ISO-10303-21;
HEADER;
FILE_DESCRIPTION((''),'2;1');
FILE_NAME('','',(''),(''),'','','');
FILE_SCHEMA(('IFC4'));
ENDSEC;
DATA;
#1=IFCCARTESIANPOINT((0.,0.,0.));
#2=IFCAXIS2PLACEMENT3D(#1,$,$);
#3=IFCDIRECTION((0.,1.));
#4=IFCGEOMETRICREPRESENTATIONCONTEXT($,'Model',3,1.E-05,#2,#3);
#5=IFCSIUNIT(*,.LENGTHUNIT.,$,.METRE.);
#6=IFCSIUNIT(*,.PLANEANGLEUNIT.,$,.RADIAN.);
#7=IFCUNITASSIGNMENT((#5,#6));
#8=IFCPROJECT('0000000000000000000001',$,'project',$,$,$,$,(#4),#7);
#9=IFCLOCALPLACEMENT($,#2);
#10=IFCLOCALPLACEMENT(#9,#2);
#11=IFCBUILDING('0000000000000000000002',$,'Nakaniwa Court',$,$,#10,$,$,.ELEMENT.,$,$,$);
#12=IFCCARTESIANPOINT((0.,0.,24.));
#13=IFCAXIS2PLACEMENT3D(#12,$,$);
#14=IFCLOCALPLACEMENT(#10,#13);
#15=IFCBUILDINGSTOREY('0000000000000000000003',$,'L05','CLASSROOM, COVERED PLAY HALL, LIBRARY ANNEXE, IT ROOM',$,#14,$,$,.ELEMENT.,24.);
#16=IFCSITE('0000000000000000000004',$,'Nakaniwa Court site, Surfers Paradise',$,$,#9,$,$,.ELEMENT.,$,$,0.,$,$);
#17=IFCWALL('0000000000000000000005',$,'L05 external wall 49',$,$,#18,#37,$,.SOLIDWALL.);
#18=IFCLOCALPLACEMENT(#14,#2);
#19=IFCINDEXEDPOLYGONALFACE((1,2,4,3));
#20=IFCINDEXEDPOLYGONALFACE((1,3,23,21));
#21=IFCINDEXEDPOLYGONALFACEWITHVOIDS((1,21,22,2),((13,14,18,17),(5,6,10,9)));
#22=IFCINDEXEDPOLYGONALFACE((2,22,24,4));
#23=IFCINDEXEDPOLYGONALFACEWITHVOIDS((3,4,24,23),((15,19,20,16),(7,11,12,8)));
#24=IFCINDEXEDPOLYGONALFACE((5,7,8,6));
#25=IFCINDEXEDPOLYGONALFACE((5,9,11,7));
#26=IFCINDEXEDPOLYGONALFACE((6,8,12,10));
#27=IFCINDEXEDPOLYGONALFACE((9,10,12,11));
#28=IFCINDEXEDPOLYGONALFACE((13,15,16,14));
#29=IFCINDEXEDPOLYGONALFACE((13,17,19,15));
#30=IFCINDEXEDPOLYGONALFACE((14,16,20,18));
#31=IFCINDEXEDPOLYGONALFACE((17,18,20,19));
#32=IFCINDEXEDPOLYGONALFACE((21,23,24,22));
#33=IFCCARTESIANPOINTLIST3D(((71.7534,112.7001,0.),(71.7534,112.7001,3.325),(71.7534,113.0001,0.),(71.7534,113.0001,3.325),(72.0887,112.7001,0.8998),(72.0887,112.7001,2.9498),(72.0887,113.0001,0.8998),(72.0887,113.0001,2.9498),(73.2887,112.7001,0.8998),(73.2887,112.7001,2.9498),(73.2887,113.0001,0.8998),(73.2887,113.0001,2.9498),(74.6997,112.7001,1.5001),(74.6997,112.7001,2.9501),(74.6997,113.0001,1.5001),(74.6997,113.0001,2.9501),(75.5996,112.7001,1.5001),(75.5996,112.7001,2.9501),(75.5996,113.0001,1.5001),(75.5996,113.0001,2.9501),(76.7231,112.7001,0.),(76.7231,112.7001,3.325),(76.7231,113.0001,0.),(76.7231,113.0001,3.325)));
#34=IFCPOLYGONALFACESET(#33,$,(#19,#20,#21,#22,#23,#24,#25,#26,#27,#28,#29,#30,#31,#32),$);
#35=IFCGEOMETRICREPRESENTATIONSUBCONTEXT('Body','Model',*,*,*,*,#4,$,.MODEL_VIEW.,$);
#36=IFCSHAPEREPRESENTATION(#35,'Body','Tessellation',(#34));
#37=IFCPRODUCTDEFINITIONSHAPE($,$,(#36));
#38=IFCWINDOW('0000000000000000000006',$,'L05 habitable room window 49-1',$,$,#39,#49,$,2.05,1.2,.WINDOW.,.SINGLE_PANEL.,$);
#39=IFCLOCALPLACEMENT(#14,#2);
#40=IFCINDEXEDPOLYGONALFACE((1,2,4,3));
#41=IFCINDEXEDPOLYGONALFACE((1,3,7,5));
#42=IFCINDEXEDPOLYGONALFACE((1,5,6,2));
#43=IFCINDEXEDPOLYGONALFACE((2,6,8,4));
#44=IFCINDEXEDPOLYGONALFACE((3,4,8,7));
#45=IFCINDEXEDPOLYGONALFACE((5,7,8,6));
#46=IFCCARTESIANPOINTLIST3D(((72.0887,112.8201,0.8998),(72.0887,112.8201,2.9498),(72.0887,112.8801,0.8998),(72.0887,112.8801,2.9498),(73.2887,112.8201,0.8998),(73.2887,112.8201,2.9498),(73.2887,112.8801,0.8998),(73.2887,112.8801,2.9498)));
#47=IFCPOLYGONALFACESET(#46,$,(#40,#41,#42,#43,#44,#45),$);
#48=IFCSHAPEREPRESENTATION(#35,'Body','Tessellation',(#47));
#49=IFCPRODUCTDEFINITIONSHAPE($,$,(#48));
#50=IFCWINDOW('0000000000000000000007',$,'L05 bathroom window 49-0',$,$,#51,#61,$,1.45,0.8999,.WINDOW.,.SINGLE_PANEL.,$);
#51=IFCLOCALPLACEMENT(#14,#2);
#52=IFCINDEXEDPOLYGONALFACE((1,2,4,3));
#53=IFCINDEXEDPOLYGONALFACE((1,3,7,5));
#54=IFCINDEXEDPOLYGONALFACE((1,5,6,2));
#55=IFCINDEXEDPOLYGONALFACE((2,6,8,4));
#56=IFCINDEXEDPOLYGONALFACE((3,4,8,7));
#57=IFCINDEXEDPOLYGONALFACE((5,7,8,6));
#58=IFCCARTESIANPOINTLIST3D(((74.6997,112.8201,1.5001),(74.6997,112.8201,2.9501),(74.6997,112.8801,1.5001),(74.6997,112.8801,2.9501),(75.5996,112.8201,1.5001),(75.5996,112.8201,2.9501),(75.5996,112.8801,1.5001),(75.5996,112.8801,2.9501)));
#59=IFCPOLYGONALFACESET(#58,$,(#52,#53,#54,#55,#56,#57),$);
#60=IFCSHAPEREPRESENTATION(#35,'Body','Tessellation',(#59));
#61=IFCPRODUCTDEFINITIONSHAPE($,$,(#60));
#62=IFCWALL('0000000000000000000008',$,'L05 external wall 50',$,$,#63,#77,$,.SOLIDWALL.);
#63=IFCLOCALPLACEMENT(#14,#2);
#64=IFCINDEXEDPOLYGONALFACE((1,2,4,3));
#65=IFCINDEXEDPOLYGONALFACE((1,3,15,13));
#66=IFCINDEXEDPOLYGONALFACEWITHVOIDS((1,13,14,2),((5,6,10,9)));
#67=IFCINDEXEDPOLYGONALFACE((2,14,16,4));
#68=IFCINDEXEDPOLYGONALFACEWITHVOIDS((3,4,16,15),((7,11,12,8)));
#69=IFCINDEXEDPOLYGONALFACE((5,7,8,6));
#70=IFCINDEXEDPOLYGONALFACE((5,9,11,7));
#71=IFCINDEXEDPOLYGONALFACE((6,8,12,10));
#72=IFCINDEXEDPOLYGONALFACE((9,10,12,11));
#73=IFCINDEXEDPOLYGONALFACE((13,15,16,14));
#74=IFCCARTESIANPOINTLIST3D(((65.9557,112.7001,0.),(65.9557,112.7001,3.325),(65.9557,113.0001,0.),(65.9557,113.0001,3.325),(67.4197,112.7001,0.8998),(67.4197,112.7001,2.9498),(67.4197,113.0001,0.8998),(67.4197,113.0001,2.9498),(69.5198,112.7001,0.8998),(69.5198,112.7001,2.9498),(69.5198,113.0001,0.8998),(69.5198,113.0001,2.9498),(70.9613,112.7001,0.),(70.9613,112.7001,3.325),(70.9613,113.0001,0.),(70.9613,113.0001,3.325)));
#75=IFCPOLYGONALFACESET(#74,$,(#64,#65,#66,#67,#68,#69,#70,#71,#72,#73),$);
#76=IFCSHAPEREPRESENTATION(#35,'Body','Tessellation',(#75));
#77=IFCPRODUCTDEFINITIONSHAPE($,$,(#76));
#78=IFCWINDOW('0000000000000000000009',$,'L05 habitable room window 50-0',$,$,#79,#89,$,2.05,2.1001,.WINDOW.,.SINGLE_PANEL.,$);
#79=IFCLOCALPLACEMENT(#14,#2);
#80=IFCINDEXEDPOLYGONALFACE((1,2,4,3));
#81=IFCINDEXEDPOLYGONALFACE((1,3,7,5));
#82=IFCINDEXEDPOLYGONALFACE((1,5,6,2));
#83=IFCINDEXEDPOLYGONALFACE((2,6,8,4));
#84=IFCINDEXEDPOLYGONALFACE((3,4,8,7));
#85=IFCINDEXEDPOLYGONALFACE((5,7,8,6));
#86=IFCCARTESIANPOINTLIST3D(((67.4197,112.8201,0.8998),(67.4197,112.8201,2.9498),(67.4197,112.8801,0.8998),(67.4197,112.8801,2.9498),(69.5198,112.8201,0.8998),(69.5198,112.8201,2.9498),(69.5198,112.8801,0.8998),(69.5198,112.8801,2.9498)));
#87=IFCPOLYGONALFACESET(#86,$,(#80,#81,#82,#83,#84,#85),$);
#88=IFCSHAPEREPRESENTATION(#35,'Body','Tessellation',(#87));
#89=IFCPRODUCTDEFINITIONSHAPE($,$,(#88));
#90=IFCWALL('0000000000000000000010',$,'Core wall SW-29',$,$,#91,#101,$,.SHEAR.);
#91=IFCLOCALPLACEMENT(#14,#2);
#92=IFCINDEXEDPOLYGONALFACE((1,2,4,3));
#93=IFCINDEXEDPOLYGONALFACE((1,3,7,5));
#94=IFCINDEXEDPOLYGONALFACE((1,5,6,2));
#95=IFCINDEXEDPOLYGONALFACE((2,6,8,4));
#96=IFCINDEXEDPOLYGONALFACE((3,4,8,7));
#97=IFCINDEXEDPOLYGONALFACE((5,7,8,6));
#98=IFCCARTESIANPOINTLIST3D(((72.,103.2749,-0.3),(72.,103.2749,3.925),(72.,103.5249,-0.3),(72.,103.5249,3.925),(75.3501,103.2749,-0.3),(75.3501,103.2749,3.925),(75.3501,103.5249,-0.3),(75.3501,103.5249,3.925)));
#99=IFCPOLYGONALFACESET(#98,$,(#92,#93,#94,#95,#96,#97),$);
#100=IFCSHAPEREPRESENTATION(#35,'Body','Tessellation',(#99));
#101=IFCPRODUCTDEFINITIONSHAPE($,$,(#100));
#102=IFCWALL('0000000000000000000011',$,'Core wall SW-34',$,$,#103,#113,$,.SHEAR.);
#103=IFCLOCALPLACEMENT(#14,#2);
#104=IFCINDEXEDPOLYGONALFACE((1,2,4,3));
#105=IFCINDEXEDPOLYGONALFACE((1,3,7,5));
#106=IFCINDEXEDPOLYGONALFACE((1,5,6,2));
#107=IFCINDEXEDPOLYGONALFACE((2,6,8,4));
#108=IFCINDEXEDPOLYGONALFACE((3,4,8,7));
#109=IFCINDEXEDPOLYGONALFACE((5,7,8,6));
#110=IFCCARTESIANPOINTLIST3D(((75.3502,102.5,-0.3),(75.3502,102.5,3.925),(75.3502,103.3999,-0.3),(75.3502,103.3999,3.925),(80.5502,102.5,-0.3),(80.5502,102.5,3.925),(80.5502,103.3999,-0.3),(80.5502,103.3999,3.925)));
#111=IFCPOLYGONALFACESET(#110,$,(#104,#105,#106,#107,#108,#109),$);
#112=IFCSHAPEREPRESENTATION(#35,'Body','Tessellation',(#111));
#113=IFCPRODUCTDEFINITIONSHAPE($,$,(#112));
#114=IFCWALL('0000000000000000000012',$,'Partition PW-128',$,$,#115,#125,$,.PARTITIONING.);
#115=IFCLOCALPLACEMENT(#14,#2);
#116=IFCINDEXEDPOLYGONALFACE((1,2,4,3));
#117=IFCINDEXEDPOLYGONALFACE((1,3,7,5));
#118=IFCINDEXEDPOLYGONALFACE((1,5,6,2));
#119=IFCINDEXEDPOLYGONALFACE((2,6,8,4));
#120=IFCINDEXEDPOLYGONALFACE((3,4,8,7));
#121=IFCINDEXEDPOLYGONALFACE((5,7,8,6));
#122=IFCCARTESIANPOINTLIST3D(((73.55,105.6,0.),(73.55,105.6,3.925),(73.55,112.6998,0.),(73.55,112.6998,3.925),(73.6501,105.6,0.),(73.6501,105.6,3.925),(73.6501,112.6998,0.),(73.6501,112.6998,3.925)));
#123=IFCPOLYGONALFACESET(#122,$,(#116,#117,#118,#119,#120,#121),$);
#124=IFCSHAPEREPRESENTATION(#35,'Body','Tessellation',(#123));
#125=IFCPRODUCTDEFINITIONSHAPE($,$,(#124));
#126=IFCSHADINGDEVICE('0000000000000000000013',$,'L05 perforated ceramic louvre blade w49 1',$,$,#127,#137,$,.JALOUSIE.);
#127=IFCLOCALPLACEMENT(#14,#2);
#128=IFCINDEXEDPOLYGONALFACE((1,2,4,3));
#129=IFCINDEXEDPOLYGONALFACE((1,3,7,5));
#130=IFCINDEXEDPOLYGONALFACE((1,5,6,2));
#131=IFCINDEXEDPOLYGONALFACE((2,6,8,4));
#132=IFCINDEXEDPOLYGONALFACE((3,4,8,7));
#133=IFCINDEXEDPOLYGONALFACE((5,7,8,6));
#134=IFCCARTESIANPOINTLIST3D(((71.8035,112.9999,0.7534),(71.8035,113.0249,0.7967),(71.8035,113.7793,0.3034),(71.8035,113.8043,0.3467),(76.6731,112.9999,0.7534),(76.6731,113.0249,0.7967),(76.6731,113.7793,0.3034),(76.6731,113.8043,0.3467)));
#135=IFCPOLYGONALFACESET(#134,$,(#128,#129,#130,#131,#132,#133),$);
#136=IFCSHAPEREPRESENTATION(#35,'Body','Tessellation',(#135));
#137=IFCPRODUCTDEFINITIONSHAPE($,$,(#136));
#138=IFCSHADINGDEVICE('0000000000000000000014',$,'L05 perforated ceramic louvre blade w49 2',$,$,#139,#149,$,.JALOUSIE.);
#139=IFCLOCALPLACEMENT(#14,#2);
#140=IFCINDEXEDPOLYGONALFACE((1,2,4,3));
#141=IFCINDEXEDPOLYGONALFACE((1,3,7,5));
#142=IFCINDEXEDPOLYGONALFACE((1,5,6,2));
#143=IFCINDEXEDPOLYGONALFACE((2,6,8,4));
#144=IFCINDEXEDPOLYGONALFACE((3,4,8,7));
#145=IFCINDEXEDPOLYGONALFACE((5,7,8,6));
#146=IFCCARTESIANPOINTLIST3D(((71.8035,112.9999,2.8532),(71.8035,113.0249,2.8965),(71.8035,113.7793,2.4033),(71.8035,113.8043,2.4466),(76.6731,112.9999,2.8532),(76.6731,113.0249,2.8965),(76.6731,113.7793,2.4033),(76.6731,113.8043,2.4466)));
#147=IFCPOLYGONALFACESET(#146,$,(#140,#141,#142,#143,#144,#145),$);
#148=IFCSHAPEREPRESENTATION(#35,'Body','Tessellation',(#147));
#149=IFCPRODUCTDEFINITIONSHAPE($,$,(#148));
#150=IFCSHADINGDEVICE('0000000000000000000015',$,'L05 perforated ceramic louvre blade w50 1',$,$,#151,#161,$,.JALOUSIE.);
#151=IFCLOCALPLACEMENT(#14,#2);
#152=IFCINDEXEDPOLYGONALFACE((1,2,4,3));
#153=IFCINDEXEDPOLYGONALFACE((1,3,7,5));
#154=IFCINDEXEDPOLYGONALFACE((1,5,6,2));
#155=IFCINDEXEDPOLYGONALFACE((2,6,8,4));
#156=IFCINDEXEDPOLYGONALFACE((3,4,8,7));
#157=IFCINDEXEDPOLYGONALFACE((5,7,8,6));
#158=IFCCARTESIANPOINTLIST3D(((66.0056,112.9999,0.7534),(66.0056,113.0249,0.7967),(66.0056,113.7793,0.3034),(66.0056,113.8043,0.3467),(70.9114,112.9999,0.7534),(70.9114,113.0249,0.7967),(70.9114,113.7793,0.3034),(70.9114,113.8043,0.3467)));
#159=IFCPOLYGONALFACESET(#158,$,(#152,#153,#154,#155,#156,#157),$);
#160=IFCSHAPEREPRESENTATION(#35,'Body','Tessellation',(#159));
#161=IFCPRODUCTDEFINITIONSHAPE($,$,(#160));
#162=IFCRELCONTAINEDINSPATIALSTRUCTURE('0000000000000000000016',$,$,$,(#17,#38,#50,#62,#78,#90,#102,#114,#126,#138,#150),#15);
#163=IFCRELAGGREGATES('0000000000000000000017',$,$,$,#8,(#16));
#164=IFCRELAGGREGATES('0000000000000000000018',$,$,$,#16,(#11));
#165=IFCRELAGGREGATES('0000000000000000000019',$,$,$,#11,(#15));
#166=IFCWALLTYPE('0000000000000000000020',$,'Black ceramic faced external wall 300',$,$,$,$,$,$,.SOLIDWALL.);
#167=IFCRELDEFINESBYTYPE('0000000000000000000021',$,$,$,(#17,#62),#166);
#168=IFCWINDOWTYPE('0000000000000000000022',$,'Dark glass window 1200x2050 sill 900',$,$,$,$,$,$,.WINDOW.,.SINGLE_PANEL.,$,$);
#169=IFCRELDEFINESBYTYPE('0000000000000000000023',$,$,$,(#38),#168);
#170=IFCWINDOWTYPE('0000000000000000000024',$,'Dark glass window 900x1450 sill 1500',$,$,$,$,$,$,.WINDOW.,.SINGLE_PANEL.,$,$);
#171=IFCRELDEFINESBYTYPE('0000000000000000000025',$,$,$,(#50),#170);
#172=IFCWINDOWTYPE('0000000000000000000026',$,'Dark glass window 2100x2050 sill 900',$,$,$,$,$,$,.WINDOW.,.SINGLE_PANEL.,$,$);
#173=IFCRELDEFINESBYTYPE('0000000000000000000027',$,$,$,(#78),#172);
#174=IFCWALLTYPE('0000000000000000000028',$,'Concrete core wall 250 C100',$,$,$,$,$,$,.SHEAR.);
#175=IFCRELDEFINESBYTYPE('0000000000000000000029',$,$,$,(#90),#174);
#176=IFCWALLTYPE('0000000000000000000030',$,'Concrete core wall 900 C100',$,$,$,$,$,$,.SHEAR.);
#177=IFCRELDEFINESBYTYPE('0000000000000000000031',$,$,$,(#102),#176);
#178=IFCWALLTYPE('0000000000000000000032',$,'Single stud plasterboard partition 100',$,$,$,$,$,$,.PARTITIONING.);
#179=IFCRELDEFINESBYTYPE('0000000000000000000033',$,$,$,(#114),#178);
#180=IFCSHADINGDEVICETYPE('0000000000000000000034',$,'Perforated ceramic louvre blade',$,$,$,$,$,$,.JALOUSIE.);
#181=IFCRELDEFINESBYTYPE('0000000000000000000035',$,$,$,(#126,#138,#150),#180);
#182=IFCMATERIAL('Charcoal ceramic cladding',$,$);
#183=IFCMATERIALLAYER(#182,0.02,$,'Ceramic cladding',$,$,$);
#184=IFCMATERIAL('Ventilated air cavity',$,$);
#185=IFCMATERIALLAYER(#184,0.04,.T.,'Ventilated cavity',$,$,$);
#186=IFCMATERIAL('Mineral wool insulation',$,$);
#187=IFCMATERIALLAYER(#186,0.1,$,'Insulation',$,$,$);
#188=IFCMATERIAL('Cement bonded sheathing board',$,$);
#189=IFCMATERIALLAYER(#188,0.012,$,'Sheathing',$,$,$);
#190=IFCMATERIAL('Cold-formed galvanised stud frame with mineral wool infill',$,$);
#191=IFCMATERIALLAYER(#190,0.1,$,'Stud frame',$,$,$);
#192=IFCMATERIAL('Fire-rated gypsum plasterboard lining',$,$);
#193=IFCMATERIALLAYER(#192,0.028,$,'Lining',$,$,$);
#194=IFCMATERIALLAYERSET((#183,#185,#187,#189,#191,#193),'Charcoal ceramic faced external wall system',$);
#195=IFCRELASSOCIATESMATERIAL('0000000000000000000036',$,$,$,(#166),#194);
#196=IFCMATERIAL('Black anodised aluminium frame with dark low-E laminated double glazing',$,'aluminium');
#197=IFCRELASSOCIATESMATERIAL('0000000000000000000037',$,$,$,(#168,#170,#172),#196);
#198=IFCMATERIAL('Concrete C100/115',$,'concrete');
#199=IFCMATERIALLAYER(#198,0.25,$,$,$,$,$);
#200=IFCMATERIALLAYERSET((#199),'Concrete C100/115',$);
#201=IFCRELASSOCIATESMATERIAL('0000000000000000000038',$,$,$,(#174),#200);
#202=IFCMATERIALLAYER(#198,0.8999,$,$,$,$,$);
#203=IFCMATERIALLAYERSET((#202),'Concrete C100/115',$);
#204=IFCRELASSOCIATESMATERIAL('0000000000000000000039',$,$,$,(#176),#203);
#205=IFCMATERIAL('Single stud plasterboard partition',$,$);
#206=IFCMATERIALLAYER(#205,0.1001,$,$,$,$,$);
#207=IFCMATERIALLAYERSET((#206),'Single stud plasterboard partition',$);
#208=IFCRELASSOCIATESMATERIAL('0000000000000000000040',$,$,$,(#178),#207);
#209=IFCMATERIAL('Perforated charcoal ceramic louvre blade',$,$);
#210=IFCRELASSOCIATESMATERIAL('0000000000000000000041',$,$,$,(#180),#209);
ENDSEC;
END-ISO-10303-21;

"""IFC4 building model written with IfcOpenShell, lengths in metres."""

from ifc_helpers import new_model, si_unit, direction, frame, frame_2d, origin, origin_2d, place, context, subcontext, project, spatial, rectangle, extrude, material, layer, layer_set, material_profile, profile_set, type_object, element, fill, save


model = new_model("IFC4")

# Units and contexts
model_context = context("Model", 3, precision=1e-05, world=origin(), true_north=direction((0.0, 1.0)))
body_context = subcontext(model_context, "Body", "Model", "MODEL_VIEW")
ifc_project = project(units=[si_unit("LENGTHUNIT", "METRE"), si_unit("PLANEANGLEUNIT", "RADIAN")], contexts=[model_context])

# Site, building, storey
site_placement = place(None, origin())
site = spatial("IfcSite", under=ifc_project, at=site_placement, Name="Nakaniwa Court site, Surfers Paradise", CompositionType="ELEMENT", RefElevation=0.0)
building_placement = place(site_placement, origin())
building = spatial("IfcBuilding", under=site, at=building_placement, Name="Nakaniwa Court", CompositionType="ELEMENT")
storey_placement = place(building_placement, frame((0.0, 0.0, 24.0)))
storey = spatial("IfcBuildingStorey", under=building, at=storey_placement, Name="L05", Description="CLASSROOM, COVERED PLAY HALL, LIBRARY ANNEXE, IT ROOM", CompositionType="ELEMENT", Elevation=24.0)

# Shared definitions
ifc_material_1 = material(Name="Concrete C100/115", Category="concrete")

# Wall, openings, windows
ifc_material_2 = material(Name="Charcoal ceramic cladding")
ifc_layer_1 = layer(ifc_material_2, 0.02, Name="Ceramic cladding")
ifc_material_3 = material(Name="Ventilated air cavity")
ifc_layer_2 = layer(ifc_material_3, 0.04, ventilated=True, Name="Ventilated cavity")
ifc_material_4 = material(Name="Mineral wool insulation")
ifc_layer_3 = layer(ifc_material_4, 0.1, Name="Insulation")
ifc_material_5 = material(Name="Cement bonded sheathing board")
ifc_layer_4 = layer(ifc_material_5, 0.012, Name="Sheathing")
ifc_material_6 = material(Name="Cold-formed galvanised stud frame with mineral wool infill")
ifc_layer_5 = layer(ifc_material_6, 0.1, Name="Stud frame")
ifc_material_7 = material(Name="Fire-rated gypsum plasterboard lining")
ifc_layer_6 = layer(ifc_material_7, 0.028, Name="Lining")
ifc_layer_set_1 = layer_set([ifc_layer_1, ifc_layer_2, ifc_layer_3, ifc_layer_4, ifc_layer_5, ifc_layer_6], Name="Charcoal ceramic faced external wall system")
wall_type_1 = type_object("IfcWallType", Name="Black ceramic faced external wall 300", PredefinedType="SOLIDWALL", material=ifc_layer_set_1)
wall_1_placement = place(storey_placement, frame((76.7231, 112.8501, 0.0), z_axis=(0.0, 0.0, 1.0), x_axis=(-1.0, 0.0, 0.0)))
wall_1 = element("IfcWall", 1, at=wall_1_placement, inside=storey, type_object=wall_type_1, Name="L05 external wall 49", PredefinedType="SOLIDWALL", context=body_context, shape_type="SweptSolid", body=[
    extrude(rectangle(XDim=4.9697, YDim=0.3, at=frame_2d((2.4849, 0.0))), origin(), (0.0, 0.0, 1.0), 3.325),
])
opening_1_placement = place(wall_1_placement, frame((1.1235, 0.0, 1.5)))
opening_1 = element("IfcOpeningElement", 2, at=opening_1_placement, cuts=wall_1, PredefinedType="OPENING", context=body_context, shape_type="SweptSolid", body=[
    extrude(rectangle(XDim=0.8999, YDim=1.45, at=frame_2d((0.45, 0.7251))), frame((0.0, 0.1599, 0.0), z_axis=(0.0, -1.0, 0.0), x_axis=(1.0, 0.0, 0.0)), (0.0, 0.0, 1.0), 0.3201),
])
opening_2_placement = place(wall_1_placement, frame((3.4343, 0.0, 0.8999)))
opening_2 = element("IfcOpeningElement", 3, at=opening_2_placement, cuts=wall_1, PredefinedType="OPENING", context=body_context, shape_type="SweptSolid", body=[
    extrude(rectangle(XDim=1.2, YDim=2.05, at=frame_2d((0.6001, 1.0249))), frame((0.0, 0.1599, 0.0), z_axis=(0.0, -1.0, 0.0), x_axis=(1.0, 0.0, 0.0)), (0.0, 0.0, 1.0), 0.3201),
])
ifc_material_8 = material(Name="Black anodised aluminium frame with dark low-E laminated double glazing", Category="aluminium")
window_type_1 = type_object("IfcWindowType", Name="Dark glass window 1200x2050 sill 900", PartitioningType="SINGLE_PANEL", PredefinedType="WINDOW", material=ifc_material_8)
window_1_placement = place(opening_2_placement, origin())
window_1 = element("IfcWindow", 4, at=window_1_placement, inside=storey, type_object=window_type_1, Name="L05 habitable room window 49-1", OverallHeight=2.05, OverallWidth=1.2, PartitioningType="SINGLE_PANEL", PredefinedType="WINDOW", context=body_context, shape_type="SweptSolid", body=[
    extrude(rectangle(XDim=1.2, YDim=2.05, at=frame_2d((0.6001, 1.0249))), frame((0.0, 0.03, 0.0), z_axis=(0.0, -1.0, 0.0), x_axis=(1.0, 0.0, 0.0)), (0.0, 0.0, 1.0), 0.0601),
])
fill(opening_2, window_1)
window_type_2 = type_object("IfcWindowType", Name="Dark glass window 900x1450 sill 1500", PartitioningType="SINGLE_PANEL", PredefinedType="WINDOW", material=ifc_material_8)
window_2_placement = place(opening_1_placement, origin())
window_2 = element("IfcWindow", 5, at=window_2_placement, inside=storey, type_object=window_type_2, Name="L05 bathroom window 49-0", OverallHeight=1.45, OverallWidth=0.8999, PartitioningType="SINGLE_PANEL", PredefinedType="WINDOW", context=body_context, shape_type="SweptSolid", body=[
    extrude(rectangle(XDim=0.8999, YDim=1.45, at=frame_2d((0.45, 0.7251))), frame((0.0, 0.03, 0.0), z_axis=(0.0, -1.0, 0.0), x_axis=(1.0, 0.0, 0.0)), (0.0, 0.0, 1.0), 0.0601),
])
fill(opening_1, window_2)

# Wall, opening, window
wall_2_placement = place(storey_placement, frame((70.9614, 112.8501, 0.0), z_axis=(0.0, 0.0, 1.0), x_axis=(-1.0, 0.0, 0.0)))
wall_2 = element("IfcWall", 6, at=wall_2_placement, inside=storey, type_object=wall_type_1, Name="L05 external wall 50", PredefinedType="SOLIDWALL", context=body_context, shape_type="SweptSolid", body=[
    extrude(rectangle(XDim=5.0056, YDim=0.3, at=frame_2d((2.5029, 0.0))), origin(), (0.0, 0.0, 1.0), 3.325),
])
opening_3_placement = place(wall_2_placement, frame((1.4417, 0.0, 0.8999)))
opening_3 = element("IfcOpeningElement", 7, at=opening_3_placement, cuts=wall_2, PredefinedType="OPENING", context=body_context, shape_type="SweptSolid", body=[
    extrude(rectangle(XDim=2.1001, YDim=2.05, at=frame_2d((1.05, 1.0249))), frame((0.0, 0.1599, 0.0), z_axis=(0.0, -1.0, 0.0), x_axis=(1.0, 0.0, 0.0)), (0.0, 0.0, 1.0), 0.3201),
])
window_type_3 = type_object("IfcWindowType", Name="Dark glass window 2100x2050 sill 900", PartitioningType="SINGLE_PANEL", PredefinedType="WINDOW", material=ifc_material_8)
window_3_placement = place(opening_3_placement, origin())
window_3 = element("IfcWindow", 8, at=window_3_placement, inside=storey, type_object=window_type_3, Name="L05 habitable room window 50-0", OverallHeight=2.05, OverallWidth=2.1001, PartitioningType="SINGLE_PANEL", PredefinedType="WINDOW", context=body_context, shape_type="SweptSolid", body=[
    extrude(rectangle(XDim=2.1001, YDim=2.05, at=frame_2d((1.05, 1.0249))), frame((0.0, 0.03, 0.0), z_axis=(0.0, -1.0, 0.0), x_axis=(1.0, 0.0, 0.0)), (0.0, 0.0, 1.0), 0.0601),
])
fill(opening_3, window_3)

# Walls
ifc_layer_7 = layer(ifc_material_1, 0.25)
ifc_layer_set_2 = layer_set([ifc_layer_7], Name="Concrete C100/115")
wall_type_2 = type_object("IfcWallType", Name="Concrete core wall 250 C100", PredefinedType="SHEAR", material=ifc_layer_set_2)
wall_3_placement = place(storey_placement, frame((72.0, 103.3999, -0.3), z_axis=(0.0, 0.0, 1.0), x_axis=(1.0, 0.0, 0.0)))
element("IfcWall", 9, at=wall_3_placement, inside=storey, type_object=wall_type_2, Name="Core wall SW-29", PredefinedType="SHEAR", context=body_context, shape_type="SweptSolid", body=[
    extrude(rectangle(XDim=3.3501, YDim=0.25, at=frame_2d((1.675, 0.0))), origin(), (0.0, 0.0, 1.0), 4.2251),
])
ifc_layer_8 = layer(ifc_material_1, 0.8999)
ifc_layer_set_3 = layer_set([ifc_layer_8], Name="Concrete C100/115")
wall_type_3 = type_object("IfcWallType", Name="Concrete core wall 900 C100", PredefinedType="SHEAR", material=ifc_layer_set_3)
wall_4_placement = place(storey_placement, frame((75.3501, 102.95, -0.3), z_axis=(0.0, 0.0, 1.0), x_axis=(1.0, 0.0, 0.0)))
element("IfcWall", 10, at=wall_4_placement, inside=storey, type_object=wall_type_3, Name="Core wall SW-34", PredefinedType="SHEAR", context=body_context, shape_type="SweptSolid", body=[
    extrude(rectangle(XDim=5.2, YDim=0.8999, at=frame_2d((2.6001, 0.0))), origin(), (0.0, 0.0, 1.0), 4.2251),
])
ifc_material_9 = material(Name="Single stud plasterboard partition")
ifc_layer_9 = layer(ifc_material_9, 0.1001)
ifc_layer_set_4 = layer_set([ifc_layer_9], Name="Single stud plasterboard partition")
wall_type_4 = type_object("IfcWallType", Name="Single stud plasterboard partition 100", PredefinedType="PARTITIONING", material=ifc_layer_set_4)
wall_5_placement = place(storey_placement, frame((73.6001, 105.6001, 0.0), z_axis=(0.0, 0.0, 1.0), x_axis=(0.0, 1.0, 0.0)))
element("IfcWall", 11, at=wall_5_placement, inside=storey, type_object=wall_type_4, Name="Partition PW-128", PredefinedType="PARTITIONING", context=body_context, shape_type="SweptSolid", body=[
    extrude(rectangle(XDim=7.0999, YDim=0.1001, at=frame_2d((3.5498, 0.0))), origin(), (0.0, 0.0, 1.0), 3.925),
])

# Shading devices
ifc_material_10 = material(Name="Perforated charcoal ceramic louvre blade")
ifc_material_profile_1 = material_profile(ifc_material_10, rectangle(XDim=0.8999, YDim=0.05, at=origin_2d()), Name="Perforated ceramic louvre blade")
ifc_profile_set_1 = profile_set([ifc_material_profile_1], Name="Perforated charcoal ceramic louvre blade")
shading_device_type = type_object("IfcShadingDeviceType", Name="Perforated ceramic louvre blade", PredefinedType="JALOUSIE", material=ifc_profile_set_1)
for number, where, z_axis, x_axis, name in (
    (12, (76.6731, 113.4021, 0.55), (-1.0, 0.0, 0.0), (0.0, -0.866025, 0.5), "L05 perforated ceramic louvre blade w49 1"),
    (13, (76.6731, 113.4021, 2.6499), (-1.0, 0.0, 0.0), (0.0, -0.866025, 0.5), "L05 perforated ceramic louvre blade w49 2"),
):
    element("IfcShadingDevice", number, at=place(storey_placement, frame(where, z_axis=z_axis, x_axis=x_axis)), inside=storey, type_object=shading_device_type, Name=name, PredefinedType="JALOUSIE", context=body_context, shape_type="SweptSolid", body=[
        extrude(rectangle(XDim=0.8999, YDim=0.05, at=origin_2d()), origin(), (0.0, 0.0, 1.0), 4.8696),
    ])
for number, where, z_axis, x_axis, name in (
    (14, (70.9114, 113.4021, 0.55), (-1.0, 0.0, 0.0), (0.0, -0.866025, 0.5), "L05 perforated ceramic louvre blade w50 1"),
):
    element("IfcShadingDevice", number, at=place(storey_placement, frame(where, z_axis=z_axis, x_axis=x_axis)), inside=storey, type_object=shading_device_type, Name=name, PredefinedType="JALOUSIE", context=body_context, shape_type="SweptSolid", body=[
        extrude(rectangle(XDim=0.8999, YDim=0.05, at=origin_2d()), origin(), (0.0, 0.0, 1.0), 4.9058),
    ])

save(model, "model.ifc")
